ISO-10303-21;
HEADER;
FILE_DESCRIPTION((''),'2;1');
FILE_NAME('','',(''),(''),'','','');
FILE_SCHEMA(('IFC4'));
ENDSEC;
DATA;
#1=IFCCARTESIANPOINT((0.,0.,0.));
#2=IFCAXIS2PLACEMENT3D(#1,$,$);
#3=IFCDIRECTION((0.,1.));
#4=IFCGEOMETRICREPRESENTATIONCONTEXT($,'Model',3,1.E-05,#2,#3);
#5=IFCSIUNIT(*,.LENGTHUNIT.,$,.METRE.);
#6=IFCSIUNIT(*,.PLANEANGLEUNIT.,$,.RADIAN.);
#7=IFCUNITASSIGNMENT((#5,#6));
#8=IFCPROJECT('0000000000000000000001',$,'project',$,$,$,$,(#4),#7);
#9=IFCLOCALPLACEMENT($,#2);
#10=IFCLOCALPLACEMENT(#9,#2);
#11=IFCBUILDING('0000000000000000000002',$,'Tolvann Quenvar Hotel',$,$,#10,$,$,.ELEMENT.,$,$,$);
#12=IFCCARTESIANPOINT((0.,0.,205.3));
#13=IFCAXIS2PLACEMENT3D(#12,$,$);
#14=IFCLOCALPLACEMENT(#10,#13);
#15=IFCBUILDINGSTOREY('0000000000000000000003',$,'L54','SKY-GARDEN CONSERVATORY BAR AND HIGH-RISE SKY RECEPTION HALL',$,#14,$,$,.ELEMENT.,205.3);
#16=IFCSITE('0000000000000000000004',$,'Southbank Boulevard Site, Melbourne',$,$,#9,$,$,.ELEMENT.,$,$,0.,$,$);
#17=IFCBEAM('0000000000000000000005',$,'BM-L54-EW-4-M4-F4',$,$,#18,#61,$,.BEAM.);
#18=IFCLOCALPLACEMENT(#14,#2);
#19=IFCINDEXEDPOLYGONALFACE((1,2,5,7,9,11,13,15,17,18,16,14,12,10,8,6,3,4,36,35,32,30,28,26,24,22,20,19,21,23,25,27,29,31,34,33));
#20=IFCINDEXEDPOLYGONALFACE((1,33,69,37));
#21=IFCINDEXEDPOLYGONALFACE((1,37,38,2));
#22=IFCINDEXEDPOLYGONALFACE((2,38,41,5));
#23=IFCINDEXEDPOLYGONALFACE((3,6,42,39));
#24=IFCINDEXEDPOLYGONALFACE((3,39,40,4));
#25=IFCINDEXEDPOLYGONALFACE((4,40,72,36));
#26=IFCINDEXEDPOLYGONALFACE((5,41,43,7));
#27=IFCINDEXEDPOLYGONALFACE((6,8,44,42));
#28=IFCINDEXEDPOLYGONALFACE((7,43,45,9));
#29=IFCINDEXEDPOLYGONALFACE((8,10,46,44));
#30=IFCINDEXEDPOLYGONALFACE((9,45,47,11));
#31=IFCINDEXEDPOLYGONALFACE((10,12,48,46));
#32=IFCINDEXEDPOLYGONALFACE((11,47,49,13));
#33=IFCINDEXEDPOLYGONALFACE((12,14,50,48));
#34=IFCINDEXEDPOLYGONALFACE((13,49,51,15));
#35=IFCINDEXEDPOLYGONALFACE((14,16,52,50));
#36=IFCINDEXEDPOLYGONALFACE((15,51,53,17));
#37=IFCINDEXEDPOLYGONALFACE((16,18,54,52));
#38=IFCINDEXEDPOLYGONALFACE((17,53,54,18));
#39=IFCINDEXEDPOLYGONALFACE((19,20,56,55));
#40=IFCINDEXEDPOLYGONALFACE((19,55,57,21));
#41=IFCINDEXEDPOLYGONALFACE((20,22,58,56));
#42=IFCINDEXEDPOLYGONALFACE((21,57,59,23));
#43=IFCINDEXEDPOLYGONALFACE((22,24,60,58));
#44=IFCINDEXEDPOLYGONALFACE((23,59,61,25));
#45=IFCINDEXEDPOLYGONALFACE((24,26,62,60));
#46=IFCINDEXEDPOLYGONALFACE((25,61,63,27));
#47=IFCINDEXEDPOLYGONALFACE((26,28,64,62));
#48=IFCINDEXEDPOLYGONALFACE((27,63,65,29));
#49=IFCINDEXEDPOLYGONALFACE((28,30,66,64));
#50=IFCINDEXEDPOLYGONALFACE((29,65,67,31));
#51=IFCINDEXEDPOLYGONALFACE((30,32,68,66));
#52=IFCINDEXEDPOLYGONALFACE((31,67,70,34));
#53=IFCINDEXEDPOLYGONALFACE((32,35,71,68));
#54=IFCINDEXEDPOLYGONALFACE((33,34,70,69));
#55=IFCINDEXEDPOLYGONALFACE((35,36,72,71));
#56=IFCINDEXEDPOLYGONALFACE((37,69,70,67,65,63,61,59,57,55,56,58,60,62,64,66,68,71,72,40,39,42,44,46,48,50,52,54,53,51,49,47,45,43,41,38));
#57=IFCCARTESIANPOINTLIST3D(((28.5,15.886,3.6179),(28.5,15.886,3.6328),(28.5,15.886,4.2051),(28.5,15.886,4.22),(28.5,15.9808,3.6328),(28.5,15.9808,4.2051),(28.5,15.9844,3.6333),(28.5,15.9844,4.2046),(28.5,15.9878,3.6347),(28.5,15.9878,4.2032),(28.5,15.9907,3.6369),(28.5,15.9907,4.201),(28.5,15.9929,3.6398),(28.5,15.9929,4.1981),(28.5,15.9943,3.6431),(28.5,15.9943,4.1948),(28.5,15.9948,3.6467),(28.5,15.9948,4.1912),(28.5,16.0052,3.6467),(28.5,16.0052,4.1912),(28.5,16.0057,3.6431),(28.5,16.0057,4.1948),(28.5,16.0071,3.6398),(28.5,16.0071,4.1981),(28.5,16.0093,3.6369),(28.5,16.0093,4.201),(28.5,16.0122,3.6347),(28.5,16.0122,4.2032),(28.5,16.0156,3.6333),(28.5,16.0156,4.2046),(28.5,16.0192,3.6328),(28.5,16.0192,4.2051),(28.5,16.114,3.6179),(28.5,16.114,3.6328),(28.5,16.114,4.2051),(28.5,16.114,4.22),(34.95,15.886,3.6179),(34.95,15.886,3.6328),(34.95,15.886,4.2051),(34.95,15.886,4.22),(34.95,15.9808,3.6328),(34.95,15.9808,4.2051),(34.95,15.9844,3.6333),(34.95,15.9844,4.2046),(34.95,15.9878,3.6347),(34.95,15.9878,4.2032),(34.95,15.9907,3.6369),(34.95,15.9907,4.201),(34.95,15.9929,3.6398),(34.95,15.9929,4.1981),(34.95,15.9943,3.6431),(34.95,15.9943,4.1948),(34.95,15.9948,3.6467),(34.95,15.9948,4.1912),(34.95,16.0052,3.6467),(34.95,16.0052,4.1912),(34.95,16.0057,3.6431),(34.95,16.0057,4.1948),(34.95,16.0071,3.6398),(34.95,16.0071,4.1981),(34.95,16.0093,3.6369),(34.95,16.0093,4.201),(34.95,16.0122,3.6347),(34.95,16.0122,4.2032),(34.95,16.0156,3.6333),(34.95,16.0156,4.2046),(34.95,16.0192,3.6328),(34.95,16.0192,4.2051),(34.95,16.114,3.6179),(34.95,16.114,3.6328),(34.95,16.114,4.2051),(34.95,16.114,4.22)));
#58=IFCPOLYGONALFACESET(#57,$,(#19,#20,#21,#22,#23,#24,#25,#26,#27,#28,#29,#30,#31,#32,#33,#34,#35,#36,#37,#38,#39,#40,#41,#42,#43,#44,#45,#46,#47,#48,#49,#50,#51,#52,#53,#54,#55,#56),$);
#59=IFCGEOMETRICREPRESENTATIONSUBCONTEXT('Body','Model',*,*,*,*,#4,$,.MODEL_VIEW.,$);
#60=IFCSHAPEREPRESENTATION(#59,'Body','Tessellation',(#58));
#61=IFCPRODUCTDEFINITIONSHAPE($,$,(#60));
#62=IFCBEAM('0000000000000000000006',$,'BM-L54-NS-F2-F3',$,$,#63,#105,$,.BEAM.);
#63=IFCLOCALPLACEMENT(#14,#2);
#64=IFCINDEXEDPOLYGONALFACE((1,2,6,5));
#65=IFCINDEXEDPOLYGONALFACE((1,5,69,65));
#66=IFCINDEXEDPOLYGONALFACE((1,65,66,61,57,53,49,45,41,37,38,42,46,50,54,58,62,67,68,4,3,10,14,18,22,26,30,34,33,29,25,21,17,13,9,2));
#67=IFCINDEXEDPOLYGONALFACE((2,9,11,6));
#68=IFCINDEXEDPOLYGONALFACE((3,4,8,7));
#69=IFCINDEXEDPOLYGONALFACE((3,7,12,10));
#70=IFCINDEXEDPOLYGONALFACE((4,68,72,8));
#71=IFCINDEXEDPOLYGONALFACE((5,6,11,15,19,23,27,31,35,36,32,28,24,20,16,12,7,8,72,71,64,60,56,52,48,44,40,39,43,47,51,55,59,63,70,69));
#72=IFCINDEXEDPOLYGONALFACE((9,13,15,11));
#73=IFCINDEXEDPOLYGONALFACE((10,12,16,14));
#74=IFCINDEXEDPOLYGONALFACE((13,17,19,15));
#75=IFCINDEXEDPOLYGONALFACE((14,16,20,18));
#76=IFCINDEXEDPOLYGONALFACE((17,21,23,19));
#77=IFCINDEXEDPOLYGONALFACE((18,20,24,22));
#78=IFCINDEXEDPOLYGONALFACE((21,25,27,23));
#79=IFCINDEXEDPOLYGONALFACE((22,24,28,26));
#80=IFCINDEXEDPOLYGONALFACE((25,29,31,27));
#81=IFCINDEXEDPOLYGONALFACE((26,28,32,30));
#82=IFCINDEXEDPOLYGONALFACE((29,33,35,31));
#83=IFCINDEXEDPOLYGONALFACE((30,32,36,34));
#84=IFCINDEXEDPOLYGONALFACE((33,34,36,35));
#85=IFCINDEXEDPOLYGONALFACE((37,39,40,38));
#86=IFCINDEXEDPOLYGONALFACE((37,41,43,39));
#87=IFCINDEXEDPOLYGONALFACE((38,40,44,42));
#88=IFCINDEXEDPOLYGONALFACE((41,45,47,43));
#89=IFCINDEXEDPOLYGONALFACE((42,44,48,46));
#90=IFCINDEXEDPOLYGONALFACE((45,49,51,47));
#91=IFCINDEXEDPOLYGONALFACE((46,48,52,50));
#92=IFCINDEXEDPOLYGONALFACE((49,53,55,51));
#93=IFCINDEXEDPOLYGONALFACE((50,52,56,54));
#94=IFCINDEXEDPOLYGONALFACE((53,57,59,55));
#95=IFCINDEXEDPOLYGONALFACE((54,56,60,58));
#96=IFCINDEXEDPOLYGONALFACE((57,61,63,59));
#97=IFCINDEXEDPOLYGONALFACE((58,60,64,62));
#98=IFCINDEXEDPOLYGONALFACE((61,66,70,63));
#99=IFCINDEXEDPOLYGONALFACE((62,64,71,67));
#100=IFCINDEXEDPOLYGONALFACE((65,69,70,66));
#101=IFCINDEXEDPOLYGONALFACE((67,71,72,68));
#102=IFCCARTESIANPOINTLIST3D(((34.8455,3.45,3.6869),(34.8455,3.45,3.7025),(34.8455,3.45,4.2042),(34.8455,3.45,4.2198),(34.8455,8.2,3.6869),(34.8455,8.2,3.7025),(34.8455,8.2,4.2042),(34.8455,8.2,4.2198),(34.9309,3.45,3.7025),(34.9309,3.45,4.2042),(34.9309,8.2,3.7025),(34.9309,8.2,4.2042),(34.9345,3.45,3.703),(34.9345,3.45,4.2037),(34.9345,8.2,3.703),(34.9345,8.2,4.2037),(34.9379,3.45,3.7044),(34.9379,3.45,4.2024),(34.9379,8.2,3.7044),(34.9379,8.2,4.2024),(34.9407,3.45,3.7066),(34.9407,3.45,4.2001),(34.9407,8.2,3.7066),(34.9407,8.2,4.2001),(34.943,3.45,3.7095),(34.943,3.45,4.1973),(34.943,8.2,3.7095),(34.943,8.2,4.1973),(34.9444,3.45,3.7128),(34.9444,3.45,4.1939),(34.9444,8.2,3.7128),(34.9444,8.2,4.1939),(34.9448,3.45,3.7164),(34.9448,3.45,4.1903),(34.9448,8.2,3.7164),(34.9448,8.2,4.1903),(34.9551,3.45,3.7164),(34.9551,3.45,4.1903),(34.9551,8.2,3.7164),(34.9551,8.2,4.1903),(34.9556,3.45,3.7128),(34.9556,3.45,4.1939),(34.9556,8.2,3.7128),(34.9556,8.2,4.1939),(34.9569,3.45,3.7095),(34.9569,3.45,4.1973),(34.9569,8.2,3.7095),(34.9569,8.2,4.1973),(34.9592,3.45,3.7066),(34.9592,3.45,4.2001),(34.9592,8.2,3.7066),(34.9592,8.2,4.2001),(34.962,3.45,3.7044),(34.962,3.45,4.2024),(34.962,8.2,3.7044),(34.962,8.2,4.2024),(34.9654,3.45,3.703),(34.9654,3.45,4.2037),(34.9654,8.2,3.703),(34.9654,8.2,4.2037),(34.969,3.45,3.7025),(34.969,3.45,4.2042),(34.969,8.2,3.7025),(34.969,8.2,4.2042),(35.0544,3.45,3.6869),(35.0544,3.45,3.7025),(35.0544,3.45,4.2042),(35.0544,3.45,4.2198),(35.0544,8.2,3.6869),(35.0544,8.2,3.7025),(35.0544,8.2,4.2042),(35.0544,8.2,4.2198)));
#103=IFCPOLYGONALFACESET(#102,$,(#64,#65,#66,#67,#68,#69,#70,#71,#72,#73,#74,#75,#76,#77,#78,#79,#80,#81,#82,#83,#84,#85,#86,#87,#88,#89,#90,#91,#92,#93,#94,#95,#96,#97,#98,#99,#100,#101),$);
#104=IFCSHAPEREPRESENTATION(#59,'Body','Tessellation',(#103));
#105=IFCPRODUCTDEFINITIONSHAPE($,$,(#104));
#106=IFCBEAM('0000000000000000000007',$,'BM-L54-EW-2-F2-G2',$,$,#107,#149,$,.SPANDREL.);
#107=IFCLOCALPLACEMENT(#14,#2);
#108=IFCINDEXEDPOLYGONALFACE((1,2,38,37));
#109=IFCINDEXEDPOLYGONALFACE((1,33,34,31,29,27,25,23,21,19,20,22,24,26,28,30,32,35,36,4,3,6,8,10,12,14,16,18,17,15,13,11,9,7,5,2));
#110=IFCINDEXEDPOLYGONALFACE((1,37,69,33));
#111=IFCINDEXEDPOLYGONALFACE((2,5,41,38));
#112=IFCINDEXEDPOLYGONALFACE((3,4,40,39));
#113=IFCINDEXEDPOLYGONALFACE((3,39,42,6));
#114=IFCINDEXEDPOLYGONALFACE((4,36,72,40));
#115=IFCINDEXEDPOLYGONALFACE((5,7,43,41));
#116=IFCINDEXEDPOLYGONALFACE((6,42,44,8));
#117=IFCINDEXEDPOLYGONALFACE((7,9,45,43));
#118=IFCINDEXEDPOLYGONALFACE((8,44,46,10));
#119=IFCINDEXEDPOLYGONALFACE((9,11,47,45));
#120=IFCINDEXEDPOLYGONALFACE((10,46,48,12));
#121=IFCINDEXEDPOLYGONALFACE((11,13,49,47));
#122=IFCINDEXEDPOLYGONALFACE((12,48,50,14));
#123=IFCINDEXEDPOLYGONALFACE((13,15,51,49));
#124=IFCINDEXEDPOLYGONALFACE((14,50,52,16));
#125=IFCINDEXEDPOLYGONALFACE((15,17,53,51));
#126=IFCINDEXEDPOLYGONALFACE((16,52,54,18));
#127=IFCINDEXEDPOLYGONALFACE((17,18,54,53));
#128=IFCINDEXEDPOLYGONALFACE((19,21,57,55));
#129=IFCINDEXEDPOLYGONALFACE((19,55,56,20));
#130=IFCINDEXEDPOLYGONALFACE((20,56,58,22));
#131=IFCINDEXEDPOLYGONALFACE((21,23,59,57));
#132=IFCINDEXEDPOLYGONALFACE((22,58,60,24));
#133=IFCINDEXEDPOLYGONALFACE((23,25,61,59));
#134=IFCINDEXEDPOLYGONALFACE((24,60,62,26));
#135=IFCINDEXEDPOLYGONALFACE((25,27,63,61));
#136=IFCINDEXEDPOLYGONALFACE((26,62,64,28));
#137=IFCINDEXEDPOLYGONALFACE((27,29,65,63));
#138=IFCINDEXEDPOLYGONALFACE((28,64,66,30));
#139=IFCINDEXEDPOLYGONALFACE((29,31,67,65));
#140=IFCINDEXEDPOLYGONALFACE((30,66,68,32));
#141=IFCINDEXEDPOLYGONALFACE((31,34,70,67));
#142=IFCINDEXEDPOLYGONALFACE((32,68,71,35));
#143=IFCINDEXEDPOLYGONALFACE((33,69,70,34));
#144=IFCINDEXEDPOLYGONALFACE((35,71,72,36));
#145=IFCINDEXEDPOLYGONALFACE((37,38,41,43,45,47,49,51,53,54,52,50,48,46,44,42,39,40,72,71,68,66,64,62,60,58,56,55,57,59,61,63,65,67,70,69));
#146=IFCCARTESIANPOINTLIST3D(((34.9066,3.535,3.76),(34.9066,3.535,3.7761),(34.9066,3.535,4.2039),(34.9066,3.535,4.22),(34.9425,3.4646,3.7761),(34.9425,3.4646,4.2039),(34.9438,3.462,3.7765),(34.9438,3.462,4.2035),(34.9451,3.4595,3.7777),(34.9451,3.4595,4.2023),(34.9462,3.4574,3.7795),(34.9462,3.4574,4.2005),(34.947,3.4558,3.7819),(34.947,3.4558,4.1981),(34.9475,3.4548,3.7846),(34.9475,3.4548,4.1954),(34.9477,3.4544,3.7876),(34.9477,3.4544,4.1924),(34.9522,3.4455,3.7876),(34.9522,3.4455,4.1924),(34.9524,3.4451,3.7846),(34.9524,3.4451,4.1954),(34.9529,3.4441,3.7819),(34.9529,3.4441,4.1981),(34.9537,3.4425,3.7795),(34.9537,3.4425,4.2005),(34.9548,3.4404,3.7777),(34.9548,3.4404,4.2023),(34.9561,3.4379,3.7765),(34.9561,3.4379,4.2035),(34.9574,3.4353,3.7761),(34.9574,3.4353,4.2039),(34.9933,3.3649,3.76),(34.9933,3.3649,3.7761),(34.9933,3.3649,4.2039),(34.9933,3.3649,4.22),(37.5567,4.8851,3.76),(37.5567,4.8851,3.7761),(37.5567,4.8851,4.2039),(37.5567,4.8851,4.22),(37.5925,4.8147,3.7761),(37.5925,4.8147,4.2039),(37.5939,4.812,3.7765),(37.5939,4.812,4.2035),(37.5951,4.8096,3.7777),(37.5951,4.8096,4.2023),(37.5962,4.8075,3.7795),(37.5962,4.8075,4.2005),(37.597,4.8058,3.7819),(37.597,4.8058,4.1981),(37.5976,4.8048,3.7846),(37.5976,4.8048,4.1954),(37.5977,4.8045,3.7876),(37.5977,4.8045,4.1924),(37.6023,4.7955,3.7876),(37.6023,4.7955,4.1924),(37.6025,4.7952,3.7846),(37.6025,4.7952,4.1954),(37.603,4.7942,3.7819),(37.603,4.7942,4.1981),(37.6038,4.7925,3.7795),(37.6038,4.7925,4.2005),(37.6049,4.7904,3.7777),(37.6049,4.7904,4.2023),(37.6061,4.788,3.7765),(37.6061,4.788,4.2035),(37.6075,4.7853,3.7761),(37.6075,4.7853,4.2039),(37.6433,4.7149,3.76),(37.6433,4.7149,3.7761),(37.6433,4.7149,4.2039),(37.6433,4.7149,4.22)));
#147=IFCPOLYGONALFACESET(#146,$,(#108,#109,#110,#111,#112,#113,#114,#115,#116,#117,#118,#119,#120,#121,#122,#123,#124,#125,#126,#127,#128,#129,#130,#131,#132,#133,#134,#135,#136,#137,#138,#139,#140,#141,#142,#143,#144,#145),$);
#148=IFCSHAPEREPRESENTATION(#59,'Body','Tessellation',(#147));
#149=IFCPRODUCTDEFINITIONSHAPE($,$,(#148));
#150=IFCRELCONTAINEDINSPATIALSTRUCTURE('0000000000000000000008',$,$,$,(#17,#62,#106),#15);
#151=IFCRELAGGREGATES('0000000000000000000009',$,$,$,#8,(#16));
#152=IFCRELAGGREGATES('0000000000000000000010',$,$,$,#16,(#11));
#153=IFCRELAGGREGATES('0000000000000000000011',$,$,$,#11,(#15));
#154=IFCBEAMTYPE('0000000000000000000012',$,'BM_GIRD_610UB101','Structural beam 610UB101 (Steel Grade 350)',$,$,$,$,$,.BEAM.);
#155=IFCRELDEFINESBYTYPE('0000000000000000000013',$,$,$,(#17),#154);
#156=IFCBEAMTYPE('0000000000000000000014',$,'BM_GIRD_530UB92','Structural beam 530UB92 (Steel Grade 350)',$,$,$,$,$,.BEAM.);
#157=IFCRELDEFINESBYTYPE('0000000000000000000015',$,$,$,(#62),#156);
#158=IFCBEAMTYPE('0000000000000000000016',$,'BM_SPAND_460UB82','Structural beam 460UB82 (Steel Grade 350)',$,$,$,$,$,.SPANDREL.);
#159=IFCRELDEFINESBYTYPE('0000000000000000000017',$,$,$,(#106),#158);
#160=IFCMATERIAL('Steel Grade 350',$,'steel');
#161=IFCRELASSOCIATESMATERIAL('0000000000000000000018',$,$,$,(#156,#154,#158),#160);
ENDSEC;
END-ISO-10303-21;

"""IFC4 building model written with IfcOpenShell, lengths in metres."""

from ifc_helpers import new_model, si_unit, direction, frame, origin, origin_2d, place, context, subcontext, project, spatial, i_section, extrude, source, transform, mapped, material, material_profile, profile_set, type_object, element, save


model = new_model("IFC4")

# Units and contexts
model_context = context("Model", 3, precision=1e-05, world=origin(), true_north=direction((0.0, 1.0)))
body_context = subcontext(model_context, "Body", "Model", "MODEL_VIEW")
ifc_project = project(units=[si_unit("LENGTHUNIT", "METRE"), si_unit("PLANEANGLEUNIT", "RADIAN")], contexts=[model_context])

# Site, building, storey
site_placement = place(None, origin())
site = spatial("IfcSite", under=ifc_project, at=site_placement, Name="Southbank Boulevard Site, Melbourne", CompositionType="ELEMENT", RefElevation=0.0)
building_placement = place(site_placement, origin())
building = spatial("IfcBuilding", under=site, at=building_placement, Name="Tolvann Quenvar Hotel", CompositionType="ELEMENT")
storey_placement = place(building_placement, frame((0.0, 0.0, 205.3)))
storey = spatial("IfcBuildingStorey", under=building, at=storey_placement, Name="L54", Description="SKY-GARDEN CONSERVATORY BAR AND HIGH-RISE SKY RECEPTION HALL", CompositionType="ELEMENT", Elevation=205.3)

# Shared definitions
ifc_material_1 = material(Name="Steel Grade 350", Category="steel")

# Beams
ifc_material_profile_1 = material_profile(ifc_material_1, i_section(OverallWidth=0.209, OverallDepth=0.533, WebThickness=0.0103, FlangeThickness=0.0156, FilletRadius=0.0139, at=origin_2d()), Name="530UB92")
ifc_profile_set_1 = profile_set([ifc_material_profile_1], Name="Steel Grade 350")
beam_type_1 = type_object("IfcBeamType", Name="BM_GIRD_530UB92", Description="Structural beam 530UB92 (Steel Grade 350)", PredefinedType="BEAM", material=ifc_profile_set_1)
ifc_material_profile_2 = material_profile(ifc_material_1, i_section(OverallWidth=0.228, OverallDepth=0.6021, WebThickness=0.0105, FlangeThickness=0.0149, FilletRadius=0.0139, at=origin_2d()), Name="610UB101")
ifc_profile_set_2 = profile_set([ifc_material_profile_2], Name="Steel Grade 350")
beam_type_2 = type_object("IfcBeamType", Name="BM_GIRD_610UB101", Description="Structural beam 610UB101 (Steel Grade 350)", PredefinedType="BEAM", material=ifc_profile_set_2)
shared_shape_1 = source(origin(), body_context, "Body", "SweptSolid", [
    extrude(i_section(OverallWidth=0.228, OverallDepth=0.6021, WebThickness=0.0105, FlangeThickness=0.0149, FilletRadius=0.0139, at=origin_2d()), origin(), (0.0, 0.0, 1.0), 6.45),
])
beam_1_placement = place(storey_placement, frame((28.5, 16.0, 3.9189), z_axis=(1.0, 0.0, 0.0), x_axis=(0.0, 1.0, 0.0)))
element("IfcBeam", 1, at=beam_1_placement, inside=storey, type_object=beam_type_2, Name="BM-L54-EW-4-M4-F4", PredefinedType="BEAM", context=body_context, shape_type="MappedRepresentation", body=[
    mapped(shared_shape_1, transform((0.0, 0.0, 0.0), x_axis=(1.0, 0.0, 0.0), y_axis=(0.0, 1.0, 0.0), z_axis=(0.0, 0.0, 1.0), scale=1.0)),
])
shared_shape_2 = source(origin(), body_context, "Body", "SweptSolid", [
    extrude(i_section(OverallWidth=0.209, OverallDepth=0.533, WebThickness=0.0103, FlangeThickness=0.0156, FilletRadius=0.0139, at=origin_2d()), origin(), (0.0, 0.0, 1.0), 4.75),
])
beam_2_placement = place(storey_placement, frame((34.95, 3.45, 3.9534), z_axis=(0.0, 1.0, 0.0), x_axis=(-1.0, 0.0, 0.0)))
element("IfcBeam", 2, at=beam_2_placement, inside=storey, type_object=beam_type_1, Name="BM-L54-NS-F2-F3", PredefinedType="BEAM", context=body_context, shape_type="MappedRepresentation", body=[
    mapped(shared_shape_2, transform((0.0, 0.0, 0.0), x_axis=(1.0, 0.0, 0.0), y_axis=(0.0, 1.0, 0.0), z_axis=(0.0, 0.0, 1.0), scale=1.0)),
])
ifc_material_profile_3 = material_profile(ifc_material_1, i_section(OverallWidth=0.1909, OverallDepth=0.46, WebThickness=0.01, FlangeThickness=0.0161, FilletRadius=0.0115, at=origin_2d()), Name="460UB82")
ifc_profile_set_3 = profile_set([ifc_material_profile_3], Name="Steel Grade 350")
beam_type_3 = type_object("IfcBeamType", Name="BM_SPAND_460UB82", Description="Structural beam 460UB82 (Steel Grade 350)", PredefinedType="SPANDREL", material=ifc_profile_set_3)
shared_shape_3 = source(origin(), body_context, "Body", "SweptSolid", [
    extrude(i_section(OverallWidth=0.1909, OverallDepth=0.46, WebThickness=0.01, FlangeThickness=0.0161, FilletRadius=0.0115, at=origin_2d()), origin(), (0.0, 0.0, 1.0), 2.9741),
])
beam_3_placement = place(storey_placement, frame((34.95, 3.45, 3.99), z_axis=(0.891036, 0.453932, 0.0), x_axis=(-0.453932, 0.891036, 0.0)))
element("IfcBeam", 3, at=beam_3_placement, inside=storey, type_object=beam_type_3, Name="BM-L54-EW-2-F2-G2", PredefinedType="SPANDREL", context=body_context, shape_type="MappedRepresentation", body=[
    mapped(shared_shape_3, transform((0.0, 0.0, 0.0), x_axis=(1.0, 0.0, 0.0), y_axis=(0.0, 1.0, 0.0), z_axis=(0.0, 0.0, 1.0), scale=1.0)),
])

save(model, "model.ifc")
